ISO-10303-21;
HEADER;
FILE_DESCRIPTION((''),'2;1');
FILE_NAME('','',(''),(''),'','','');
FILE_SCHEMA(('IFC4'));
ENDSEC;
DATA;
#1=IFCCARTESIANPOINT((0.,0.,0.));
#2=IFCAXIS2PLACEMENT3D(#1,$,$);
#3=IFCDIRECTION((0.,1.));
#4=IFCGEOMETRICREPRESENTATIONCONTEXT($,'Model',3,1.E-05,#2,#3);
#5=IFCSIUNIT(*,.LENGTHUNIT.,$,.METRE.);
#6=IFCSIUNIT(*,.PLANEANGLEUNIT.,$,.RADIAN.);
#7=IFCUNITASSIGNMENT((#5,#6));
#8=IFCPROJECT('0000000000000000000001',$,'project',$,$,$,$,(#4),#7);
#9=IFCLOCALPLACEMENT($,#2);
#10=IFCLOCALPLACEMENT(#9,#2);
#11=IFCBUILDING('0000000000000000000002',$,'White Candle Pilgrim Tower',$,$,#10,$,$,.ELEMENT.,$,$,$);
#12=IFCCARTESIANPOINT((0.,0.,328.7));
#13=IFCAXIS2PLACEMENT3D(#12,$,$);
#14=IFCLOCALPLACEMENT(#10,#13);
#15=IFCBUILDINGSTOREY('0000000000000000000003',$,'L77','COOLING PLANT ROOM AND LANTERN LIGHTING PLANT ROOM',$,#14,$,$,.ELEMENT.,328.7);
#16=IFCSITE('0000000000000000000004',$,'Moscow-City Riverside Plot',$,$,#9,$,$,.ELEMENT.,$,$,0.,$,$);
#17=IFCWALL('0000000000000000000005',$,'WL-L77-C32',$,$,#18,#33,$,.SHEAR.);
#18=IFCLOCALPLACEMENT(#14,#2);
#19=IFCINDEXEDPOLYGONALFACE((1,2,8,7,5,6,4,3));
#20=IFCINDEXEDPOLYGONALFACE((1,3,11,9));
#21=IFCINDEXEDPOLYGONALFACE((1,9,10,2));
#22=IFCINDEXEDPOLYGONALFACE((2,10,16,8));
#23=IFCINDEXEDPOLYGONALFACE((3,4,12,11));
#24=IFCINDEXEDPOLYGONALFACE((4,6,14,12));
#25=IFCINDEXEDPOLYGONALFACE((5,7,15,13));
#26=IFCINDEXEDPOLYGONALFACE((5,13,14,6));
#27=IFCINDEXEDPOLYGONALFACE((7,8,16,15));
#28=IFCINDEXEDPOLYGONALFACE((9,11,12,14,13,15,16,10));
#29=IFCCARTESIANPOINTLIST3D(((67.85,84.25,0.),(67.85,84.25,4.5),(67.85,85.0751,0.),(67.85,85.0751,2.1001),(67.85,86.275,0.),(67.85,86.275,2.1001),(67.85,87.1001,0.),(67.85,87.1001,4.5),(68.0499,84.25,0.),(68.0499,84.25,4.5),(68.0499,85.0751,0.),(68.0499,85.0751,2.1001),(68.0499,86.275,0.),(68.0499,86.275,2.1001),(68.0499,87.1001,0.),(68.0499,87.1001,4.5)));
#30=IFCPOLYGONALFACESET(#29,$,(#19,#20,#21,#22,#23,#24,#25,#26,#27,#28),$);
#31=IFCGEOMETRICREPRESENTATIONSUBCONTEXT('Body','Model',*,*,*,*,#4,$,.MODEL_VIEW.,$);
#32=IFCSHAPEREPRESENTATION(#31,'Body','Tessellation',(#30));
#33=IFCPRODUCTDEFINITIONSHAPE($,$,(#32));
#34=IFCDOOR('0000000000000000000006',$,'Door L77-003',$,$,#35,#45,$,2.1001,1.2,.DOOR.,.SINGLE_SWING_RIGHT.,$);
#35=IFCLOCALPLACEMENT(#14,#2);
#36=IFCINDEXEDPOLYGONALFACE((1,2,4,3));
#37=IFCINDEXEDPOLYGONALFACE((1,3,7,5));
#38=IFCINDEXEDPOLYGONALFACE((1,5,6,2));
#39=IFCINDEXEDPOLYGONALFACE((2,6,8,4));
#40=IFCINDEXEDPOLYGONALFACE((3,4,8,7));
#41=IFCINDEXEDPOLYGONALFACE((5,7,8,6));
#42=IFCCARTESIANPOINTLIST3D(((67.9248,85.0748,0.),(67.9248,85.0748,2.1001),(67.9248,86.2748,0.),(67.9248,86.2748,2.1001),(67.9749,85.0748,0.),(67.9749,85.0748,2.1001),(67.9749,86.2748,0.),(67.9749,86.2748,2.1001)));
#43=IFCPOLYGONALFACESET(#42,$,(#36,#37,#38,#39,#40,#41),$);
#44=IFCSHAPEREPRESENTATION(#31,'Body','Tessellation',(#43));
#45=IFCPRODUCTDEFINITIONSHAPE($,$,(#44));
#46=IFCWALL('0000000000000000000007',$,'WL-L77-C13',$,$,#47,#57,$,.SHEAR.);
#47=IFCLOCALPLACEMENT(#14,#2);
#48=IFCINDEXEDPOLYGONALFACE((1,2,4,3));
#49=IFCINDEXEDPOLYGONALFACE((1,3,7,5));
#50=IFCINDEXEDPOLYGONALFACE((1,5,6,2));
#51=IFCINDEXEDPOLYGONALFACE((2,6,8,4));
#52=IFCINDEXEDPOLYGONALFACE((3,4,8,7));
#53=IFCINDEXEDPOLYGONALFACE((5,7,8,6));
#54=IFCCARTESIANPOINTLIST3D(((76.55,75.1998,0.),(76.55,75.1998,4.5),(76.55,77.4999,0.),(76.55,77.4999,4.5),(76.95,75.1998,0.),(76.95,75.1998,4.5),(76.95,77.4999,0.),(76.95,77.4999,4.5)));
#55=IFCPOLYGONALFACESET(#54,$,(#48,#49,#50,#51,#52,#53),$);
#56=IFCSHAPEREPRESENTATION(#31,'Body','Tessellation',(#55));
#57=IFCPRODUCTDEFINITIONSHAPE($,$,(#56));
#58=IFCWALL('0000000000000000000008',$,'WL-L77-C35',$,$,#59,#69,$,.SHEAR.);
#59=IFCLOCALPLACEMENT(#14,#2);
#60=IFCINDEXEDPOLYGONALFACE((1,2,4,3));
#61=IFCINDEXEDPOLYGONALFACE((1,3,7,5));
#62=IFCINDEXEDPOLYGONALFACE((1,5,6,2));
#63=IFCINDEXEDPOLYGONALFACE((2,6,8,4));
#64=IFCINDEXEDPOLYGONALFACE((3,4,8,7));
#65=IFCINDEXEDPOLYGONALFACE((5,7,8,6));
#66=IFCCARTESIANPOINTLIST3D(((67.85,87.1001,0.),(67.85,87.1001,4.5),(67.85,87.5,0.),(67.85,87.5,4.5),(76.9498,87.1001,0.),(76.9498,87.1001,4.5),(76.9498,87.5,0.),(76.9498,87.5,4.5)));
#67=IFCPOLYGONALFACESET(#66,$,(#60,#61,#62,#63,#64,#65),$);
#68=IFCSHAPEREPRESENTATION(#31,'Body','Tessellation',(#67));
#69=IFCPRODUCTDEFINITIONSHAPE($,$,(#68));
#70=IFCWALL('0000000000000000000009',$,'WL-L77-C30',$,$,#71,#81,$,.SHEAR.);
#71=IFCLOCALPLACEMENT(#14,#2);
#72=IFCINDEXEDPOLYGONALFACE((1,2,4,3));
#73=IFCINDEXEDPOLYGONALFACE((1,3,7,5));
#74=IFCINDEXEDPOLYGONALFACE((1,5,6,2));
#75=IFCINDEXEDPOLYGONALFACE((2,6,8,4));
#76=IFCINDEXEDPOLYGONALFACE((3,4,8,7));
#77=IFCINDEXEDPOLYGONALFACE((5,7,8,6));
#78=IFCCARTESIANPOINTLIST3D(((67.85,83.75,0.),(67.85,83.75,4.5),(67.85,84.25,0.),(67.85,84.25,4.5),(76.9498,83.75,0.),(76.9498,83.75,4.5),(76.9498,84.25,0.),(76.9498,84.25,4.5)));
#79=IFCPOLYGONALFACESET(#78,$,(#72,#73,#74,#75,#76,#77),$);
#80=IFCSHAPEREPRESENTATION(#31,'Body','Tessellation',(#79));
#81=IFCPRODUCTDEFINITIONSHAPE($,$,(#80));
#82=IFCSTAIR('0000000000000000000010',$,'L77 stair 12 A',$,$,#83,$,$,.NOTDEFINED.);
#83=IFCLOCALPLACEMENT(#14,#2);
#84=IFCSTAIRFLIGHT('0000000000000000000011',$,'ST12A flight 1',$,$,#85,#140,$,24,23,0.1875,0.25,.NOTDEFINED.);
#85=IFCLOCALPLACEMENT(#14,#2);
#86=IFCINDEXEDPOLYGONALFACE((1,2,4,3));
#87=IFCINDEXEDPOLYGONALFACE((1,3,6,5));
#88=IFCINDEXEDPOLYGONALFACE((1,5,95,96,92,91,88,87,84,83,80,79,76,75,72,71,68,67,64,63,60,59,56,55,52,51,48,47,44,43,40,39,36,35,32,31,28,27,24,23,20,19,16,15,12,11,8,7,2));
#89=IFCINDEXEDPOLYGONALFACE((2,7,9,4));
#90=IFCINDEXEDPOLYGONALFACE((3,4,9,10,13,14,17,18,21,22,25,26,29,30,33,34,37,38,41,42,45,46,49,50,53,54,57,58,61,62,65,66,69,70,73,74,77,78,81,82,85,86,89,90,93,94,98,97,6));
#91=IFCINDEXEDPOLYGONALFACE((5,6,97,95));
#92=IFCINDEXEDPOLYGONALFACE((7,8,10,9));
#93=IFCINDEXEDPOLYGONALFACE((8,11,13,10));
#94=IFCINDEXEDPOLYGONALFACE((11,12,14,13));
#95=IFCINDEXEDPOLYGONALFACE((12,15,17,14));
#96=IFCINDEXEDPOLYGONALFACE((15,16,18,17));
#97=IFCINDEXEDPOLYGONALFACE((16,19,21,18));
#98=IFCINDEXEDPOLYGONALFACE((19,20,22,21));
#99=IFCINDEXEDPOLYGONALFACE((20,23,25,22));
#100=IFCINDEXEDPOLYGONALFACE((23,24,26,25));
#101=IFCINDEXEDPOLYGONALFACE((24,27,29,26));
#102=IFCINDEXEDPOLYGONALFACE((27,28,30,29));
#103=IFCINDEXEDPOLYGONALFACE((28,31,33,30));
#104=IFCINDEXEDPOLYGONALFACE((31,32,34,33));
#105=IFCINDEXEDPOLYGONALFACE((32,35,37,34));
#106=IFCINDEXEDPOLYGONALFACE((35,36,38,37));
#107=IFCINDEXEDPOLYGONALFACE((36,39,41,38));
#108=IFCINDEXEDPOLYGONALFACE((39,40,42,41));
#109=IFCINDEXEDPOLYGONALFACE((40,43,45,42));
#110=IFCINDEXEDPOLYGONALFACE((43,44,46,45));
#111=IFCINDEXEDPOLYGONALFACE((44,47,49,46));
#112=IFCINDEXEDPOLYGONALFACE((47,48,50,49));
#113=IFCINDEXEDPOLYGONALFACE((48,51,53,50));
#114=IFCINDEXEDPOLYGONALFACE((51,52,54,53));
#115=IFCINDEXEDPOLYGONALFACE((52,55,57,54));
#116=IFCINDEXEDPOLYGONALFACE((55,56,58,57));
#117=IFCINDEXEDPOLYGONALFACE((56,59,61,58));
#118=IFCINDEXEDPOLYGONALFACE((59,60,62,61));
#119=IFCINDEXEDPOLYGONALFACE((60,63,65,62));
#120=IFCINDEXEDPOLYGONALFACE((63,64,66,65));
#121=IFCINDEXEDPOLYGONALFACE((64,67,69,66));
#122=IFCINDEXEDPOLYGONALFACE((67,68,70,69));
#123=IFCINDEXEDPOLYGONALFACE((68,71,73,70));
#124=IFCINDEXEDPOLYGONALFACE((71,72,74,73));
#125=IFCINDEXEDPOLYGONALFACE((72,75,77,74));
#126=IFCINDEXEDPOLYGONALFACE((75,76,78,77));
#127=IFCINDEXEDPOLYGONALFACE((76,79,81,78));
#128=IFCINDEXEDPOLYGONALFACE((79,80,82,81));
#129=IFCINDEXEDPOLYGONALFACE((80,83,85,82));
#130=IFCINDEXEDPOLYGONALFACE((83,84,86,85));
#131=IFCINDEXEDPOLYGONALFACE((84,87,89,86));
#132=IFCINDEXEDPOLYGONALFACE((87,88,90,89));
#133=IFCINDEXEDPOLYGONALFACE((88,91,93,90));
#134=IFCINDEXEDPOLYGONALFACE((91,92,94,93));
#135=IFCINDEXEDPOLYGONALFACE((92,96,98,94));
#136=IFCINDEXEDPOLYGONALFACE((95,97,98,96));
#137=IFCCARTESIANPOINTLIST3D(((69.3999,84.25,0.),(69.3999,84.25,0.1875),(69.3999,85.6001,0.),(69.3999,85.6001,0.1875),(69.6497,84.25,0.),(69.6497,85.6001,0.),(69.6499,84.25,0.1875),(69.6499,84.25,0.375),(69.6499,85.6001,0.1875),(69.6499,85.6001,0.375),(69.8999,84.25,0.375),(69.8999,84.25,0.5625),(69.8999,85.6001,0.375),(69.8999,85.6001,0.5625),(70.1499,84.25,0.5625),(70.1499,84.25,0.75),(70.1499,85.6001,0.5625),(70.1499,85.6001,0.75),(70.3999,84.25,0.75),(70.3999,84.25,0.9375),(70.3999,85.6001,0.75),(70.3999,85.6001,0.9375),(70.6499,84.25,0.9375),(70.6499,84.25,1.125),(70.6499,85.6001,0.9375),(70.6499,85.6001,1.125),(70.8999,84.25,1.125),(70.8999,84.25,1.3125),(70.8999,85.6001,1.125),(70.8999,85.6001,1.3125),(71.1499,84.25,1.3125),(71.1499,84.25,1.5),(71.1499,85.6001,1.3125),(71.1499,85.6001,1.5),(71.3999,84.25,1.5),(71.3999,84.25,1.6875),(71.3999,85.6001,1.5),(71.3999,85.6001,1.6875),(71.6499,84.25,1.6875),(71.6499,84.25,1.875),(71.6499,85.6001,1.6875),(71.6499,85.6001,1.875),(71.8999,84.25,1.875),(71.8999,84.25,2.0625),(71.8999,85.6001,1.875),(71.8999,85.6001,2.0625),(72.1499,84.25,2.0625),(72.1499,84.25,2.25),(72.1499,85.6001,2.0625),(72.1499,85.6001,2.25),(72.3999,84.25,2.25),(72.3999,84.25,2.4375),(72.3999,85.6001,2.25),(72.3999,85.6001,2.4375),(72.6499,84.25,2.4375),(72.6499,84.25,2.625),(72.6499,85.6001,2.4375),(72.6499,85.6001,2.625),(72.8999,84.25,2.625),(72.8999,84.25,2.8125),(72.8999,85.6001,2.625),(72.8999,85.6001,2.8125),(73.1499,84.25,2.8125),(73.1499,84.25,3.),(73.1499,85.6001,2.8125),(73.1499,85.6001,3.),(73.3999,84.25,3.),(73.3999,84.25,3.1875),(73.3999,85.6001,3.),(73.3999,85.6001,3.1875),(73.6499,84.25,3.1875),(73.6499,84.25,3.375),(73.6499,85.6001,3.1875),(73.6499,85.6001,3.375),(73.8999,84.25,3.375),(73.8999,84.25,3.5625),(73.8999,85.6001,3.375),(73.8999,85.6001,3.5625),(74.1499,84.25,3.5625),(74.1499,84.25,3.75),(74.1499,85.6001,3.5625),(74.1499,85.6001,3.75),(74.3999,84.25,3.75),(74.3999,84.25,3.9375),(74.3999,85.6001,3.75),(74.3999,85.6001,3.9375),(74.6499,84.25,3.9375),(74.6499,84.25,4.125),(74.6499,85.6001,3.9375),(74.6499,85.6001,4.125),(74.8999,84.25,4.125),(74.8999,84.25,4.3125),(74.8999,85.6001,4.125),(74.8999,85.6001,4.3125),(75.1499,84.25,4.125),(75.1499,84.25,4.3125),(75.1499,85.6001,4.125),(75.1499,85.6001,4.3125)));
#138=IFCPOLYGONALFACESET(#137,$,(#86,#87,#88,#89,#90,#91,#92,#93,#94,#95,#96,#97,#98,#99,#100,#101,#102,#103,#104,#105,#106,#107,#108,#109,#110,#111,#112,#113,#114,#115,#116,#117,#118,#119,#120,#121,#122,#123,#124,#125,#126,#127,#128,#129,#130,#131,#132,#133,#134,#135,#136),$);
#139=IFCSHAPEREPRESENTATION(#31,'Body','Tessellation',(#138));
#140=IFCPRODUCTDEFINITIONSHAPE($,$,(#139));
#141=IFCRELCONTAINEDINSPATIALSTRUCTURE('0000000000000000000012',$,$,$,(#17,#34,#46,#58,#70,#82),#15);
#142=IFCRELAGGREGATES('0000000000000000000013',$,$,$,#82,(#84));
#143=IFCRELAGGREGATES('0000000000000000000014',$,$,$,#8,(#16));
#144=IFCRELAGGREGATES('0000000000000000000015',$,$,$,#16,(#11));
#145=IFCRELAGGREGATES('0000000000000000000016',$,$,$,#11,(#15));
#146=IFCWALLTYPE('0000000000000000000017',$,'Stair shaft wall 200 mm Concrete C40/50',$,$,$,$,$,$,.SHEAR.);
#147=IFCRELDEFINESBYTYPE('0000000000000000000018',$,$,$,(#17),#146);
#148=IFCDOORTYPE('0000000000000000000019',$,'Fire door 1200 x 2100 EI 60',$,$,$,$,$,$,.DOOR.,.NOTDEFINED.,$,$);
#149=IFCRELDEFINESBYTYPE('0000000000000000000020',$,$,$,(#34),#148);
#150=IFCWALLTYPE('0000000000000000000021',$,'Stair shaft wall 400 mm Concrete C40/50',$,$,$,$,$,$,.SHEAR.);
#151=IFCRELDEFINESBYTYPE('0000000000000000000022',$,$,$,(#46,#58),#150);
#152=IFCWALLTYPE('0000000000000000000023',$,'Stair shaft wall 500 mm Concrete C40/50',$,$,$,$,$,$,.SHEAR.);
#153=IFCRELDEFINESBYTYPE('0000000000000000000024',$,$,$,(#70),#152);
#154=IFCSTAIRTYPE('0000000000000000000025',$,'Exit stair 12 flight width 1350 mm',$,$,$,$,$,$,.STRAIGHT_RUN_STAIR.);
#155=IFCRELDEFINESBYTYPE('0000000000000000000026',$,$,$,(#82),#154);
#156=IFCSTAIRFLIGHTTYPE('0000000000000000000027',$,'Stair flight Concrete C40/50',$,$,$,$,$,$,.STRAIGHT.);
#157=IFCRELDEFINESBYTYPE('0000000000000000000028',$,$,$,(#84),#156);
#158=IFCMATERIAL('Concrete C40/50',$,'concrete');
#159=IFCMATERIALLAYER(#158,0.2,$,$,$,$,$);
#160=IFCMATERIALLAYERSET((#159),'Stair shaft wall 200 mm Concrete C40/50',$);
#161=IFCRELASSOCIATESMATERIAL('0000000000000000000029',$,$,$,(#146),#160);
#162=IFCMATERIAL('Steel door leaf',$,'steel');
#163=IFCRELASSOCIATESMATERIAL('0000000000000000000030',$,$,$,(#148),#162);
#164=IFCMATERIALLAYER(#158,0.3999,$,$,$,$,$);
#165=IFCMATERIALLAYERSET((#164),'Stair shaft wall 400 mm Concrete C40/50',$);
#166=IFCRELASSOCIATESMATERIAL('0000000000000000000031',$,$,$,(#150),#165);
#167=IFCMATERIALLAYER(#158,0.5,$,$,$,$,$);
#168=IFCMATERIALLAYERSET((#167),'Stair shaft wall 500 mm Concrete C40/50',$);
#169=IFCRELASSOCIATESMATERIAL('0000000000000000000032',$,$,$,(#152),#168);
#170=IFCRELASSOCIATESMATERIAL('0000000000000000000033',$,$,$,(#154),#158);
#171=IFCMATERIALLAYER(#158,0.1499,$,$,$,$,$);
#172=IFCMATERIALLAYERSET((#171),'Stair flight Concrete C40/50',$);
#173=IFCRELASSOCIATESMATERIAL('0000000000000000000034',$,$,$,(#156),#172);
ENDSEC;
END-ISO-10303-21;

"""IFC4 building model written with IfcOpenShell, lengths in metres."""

from ifc_helpers import new_model, si_unit, direction, frame, frame_2d, origin, place, context, subcontext, project, spatial, polyline, rectangle, outline, extrude, material, layer, layer_set, type_object, element, fill, aggregate, save


model = new_model("IFC4")

# Units and contexts
model_context = context("Model", 3, precision=1e-05, world=origin(), true_north=direction((0.0, 1.0)))
body_context = subcontext(model_context, "Body", "Model", "MODEL_VIEW")
ifc_project = project(units=[si_unit("LENGTHUNIT", "METRE"), si_unit("PLANEANGLEUNIT", "RADIAN")], contexts=[model_context])

# Site, building, storey
site_placement = place(None, origin())
site = spatial("IfcSite", under=ifc_project, at=site_placement, Name="Moscow-City Riverside Plot", CompositionType="ELEMENT", RefElevation=0.0)
building_placement = place(site_placement, origin())
building = spatial("IfcBuilding", under=site, at=building_placement, Name="White Candle Pilgrim Tower", CompositionType="ELEMENT")
storey_placement = place(building_placement, frame((0.0, 0.0, 328.7)))
storey = spatial("IfcBuildingStorey", under=building, at=storey_placement, Name="L77", Description="COOLING PLANT ROOM AND LANTERN LIGHTING PLANT ROOM", CompositionType="ELEMENT", Elevation=328.7)

# Shared definitions
ifc_material_1 = material(Name="Concrete C40/50", Category="concrete")
ifc_layer_1 = layer(ifc_material_1, 0.2)
ifc_layer_set_1 = layer_set([ifc_layer_1], Name="Stair shaft wall 200 mm Concrete C40/50")
wall_type_1 = type_object("IfcWallType", Name="Stair shaft wall 200 mm Concrete C40/50", PredefinedType="SHEAR", material=ifc_layer_set_1)

# Wall, opening, door
ifc_material_2 = material(Name="Steel door leaf", Category="steel")
wall_1_placement = place(storey_placement, frame((67.95, 84.25, 0.0), z_axis=(0.0, 0.0, 1.0), x_axis=(0.0, 1.0, 0.0)))
wall_1 = element("IfcWall", 1, at=wall_1_placement, inside=storey, type_object=wall_type_1, Name="WL-L77-C32", PredefinedType="SHEAR", context=body_context, shape_type="SweptSolid", body=[
    extrude(rectangle(XDim=2.8501, YDim=0.2, at=frame_2d((1.425, 0.0))), origin(), (0.0, 0.0, 1.0), 4.5),
])
opening_1_placement = place(wall_1_placement, frame((0.825, 0.0, 0.0)))
opening_1 = element("IfcOpeningElement", 2, at=opening_1_placement, cuts=wall_1, PredefinedType="OPENING", context=body_context, shape_type="SweptSolid", body=[
    extrude(rectangle(XDim=1.2, YDim=2.1001, at=frame_2d((0.6001, 1.05))), frame((0.0, 0.1099, 0.0), z_axis=(0.0, -1.0, 0.0), x_axis=(1.0, 0.0, 0.0)), (0.0, 0.0, 1.0), 0.22),
])
door_type_1 = type_object("IfcDoorType", Name="Fire door 1200 x 2100 EI 60", OperationType="NOTDEFINED", PredefinedType="DOOR", material=ifc_material_2)
door_1_placement = place(opening_1_placement, frame((1.2, 0.0, 0.0), z_axis=(0.0, 0.0, 1.0), x_axis=(-1.0, 0.0, 0.0)))
door_1 = element("IfcDoor", 3, at=door_1_placement, inside=storey, type_object=door_type_1, Name="Door L77-003", OperationType="SINGLE_SWING_RIGHT", OverallHeight=2.1001, OverallWidth=1.2, PredefinedType="DOOR", context=body_context, shape_type="SweptSolid", body=[
    extrude(rectangle(XDim=1.2, YDim=2.1001, at=frame_2d((0.6001, 1.05))), frame((0.0, 0.0249, 0.0), z_axis=(0.0, -1.0, 0.0), x_axis=(1.0, 0.0, 0.0)), (0.0, 0.0, 1.0), 0.05),
])
fill(opening_1, door_1)

# Walls
ifc_layer_2 = layer(ifc_material_1, 0.3999)
ifc_layer_set_2 = layer_set([ifc_layer_2], Name="Stair shaft wall 400 mm Concrete C40/50")
wall_type_2 = type_object("IfcWallType", Name="Stair shaft wall 400 mm Concrete C40/50", PredefinedType="SHEAR", material=ifc_layer_set_2)
wall_2_placement = place(storey_placement, frame((76.75, 75.2, 0.0), z_axis=(0.0, 0.0, 1.0), x_axis=(0.0, 1.0, 0.0)))
element("IfcWall", 4, at=wall_2_placement, inside=storey, type_object=wall_type_2, Name="WL-L77-C13", PredefinedType="SHEAR", context=body_context, shape_type="SweptSolid", body=[
    extrude(rectangle(XDim=2.3, YDim=0.3999, at=frame_2d((1.1499, 0.0))), origin(), (0.0, 0.0, 1.0), 4.5),
])
wall_3_placement = place(storey_placement, frame((67.8501, 87.3, 0.0), z_axis=(0.0, 0.0, 1.0), x_axis=(1.0, 0.0, 0.0)))
element("IfcWall", 5, at=wall_3_placement, inside=storey, type_object=wall_type_2, Name="WL-L77-C35", PredefinedType="SHEAR", context=body_context, shape_type="SweptSolid", body=[
    extrude(rectangle(XDim=9.0999, YDim=0.3999, at=frame_2d((4.5498, 0.0))), origin(), (0.0, 0.0, 1.0), 4.5),
])
ifc_layer_3 = layer(ifc_material_1, 0.5)
ifc_layer_set_3 = layer_set([ifc_layer_3], Name="Stair shaft wall 500 mm Concrete C40/50")
wall_type_3 = type_object("IfcWallType", Name="Stair shaft wall 500 mm Concrete C40/50", PredefinedType="SHEAR", material=ifc_layer_set_3)
wall_4_placement = place(storey_placement, frame((67.8501, 84.0, 0.0), z_axis=(0.0, 0.0, 1.0), x_axis=(1.0, 0.0, 0.0)))
element("IfcWall", 6, at=wall_4_placement, inside=storey, type_object=wall_type_3, Name="WL-L77-C30", PredefinedType="SHEAR", context=body_context, shape_type="SweptSolid", body=[
    extrude(rectangle(XDim=9.0999, YDim=0.5, at=frame_2d((4.5498, 0.0))), origin(), (0.0, 0.0, 1.0), 4.5),
])

# Stair, stair flight
stair_type = type_object("IfcStairType", Name="Exit stair 12 flight width 1350 mm", PredefinedType="STRAIGHT_RUN_STAIR", material=ifc_material_1)
stair_1_placement = place(storey_placement, origin())
stair_1 = element("IfcStair", 7, at=stair_1_placement, inside=storey, type_object=stair_type, Name="L77 stair 12 A", PredefinedType="NOTDEFINED")
ifc_layer_4 = layer(ifc_material_1, 0.1499)
ifc_layer_set_4 = layer_set([ifc_layer_4], Name="Stair flight Concrete C40/50")
stair_flight_type = type_object("IfcStairFlightType", Name="Stair flight Concrete C40/50", PredefinedType="STRAIGHT", material=ifc_layer_set_4)
stair_flight_1_placement = place(storey_placement, frame((69.3999, 84.925, 0.0), z_axis=(0.0, 0.0, 1.0), x_axis=(1.0, 0.0, 0.0)))
stair_flight_1 = element("IfcStairFlight", 8, at=stair_flight_1_placement, type_object=stair_flight_type, Name="ST12A flight 1", NumberOfRisers=24, NumberOfTreads=23, PredefinedType="NOTDEFINED", RiserHeight=0.1875, TreadLength=0.25, context=body_context, shape_type="SweptSolid", body=[
    extrude(outline(polyline([(0.0, 0.0), (0.0, 0.1875), (0.25, 0.1875), (0.25, 0.375), (0.5, 0.375), (0.5, 0.5625), (0.75, 0.5625), (0.75, 0.75), (1.0, 0.75), (1.0, 0.9375), (1.25, 0.9375), (1.25, 1.125), (1.5, 1.125), (1.5, 1.3125), (1.75, 1.3125), (1.75, 1.5), (2.0, 1.5), (2.0, 1.6875), (2.25, 1.6875), (2.25, 1.875), (2.5, 1.875), (2.5, 2.0625), (2.75, 2.0625), (2.75, 2.25), (3.0, 2.25), (3.0, 2.4375), (3.25, 2.4375), (3.25, 2.625), (3.5, 2.625), (3.5, 2.8125), (3.75, 2.8125), (3.75, 3.0), (4.0, 3.0), (4.0, 3.1875), (4.25, 3.1875), (4.25, 3.375), (4.5, 3.375), (4.5, 3.5625), (4.75, 3.5625), (4.75, 3.75), (5.0, 3.75), (5.0, 3.9375), (5.25, 3.9375), (5.25, 4.125), (5.5, 4.125), (5.5, 4.3125), (5.75, 4.3125), (5.75, 4.5), (5.75, 4.125), (0.2498, 0.0), (0.0, 0.0)])), frame((0.0, 0.675, 0.0), z_axis=(0.0, -1.0, 0.0), x_axis=(1.0, 0.0, 0.0)), (0.0, 0.0, 1.0), 1.3501),
])
aggregate(stair_1, [stair_flight_1])

save(model, "model.ifc")
